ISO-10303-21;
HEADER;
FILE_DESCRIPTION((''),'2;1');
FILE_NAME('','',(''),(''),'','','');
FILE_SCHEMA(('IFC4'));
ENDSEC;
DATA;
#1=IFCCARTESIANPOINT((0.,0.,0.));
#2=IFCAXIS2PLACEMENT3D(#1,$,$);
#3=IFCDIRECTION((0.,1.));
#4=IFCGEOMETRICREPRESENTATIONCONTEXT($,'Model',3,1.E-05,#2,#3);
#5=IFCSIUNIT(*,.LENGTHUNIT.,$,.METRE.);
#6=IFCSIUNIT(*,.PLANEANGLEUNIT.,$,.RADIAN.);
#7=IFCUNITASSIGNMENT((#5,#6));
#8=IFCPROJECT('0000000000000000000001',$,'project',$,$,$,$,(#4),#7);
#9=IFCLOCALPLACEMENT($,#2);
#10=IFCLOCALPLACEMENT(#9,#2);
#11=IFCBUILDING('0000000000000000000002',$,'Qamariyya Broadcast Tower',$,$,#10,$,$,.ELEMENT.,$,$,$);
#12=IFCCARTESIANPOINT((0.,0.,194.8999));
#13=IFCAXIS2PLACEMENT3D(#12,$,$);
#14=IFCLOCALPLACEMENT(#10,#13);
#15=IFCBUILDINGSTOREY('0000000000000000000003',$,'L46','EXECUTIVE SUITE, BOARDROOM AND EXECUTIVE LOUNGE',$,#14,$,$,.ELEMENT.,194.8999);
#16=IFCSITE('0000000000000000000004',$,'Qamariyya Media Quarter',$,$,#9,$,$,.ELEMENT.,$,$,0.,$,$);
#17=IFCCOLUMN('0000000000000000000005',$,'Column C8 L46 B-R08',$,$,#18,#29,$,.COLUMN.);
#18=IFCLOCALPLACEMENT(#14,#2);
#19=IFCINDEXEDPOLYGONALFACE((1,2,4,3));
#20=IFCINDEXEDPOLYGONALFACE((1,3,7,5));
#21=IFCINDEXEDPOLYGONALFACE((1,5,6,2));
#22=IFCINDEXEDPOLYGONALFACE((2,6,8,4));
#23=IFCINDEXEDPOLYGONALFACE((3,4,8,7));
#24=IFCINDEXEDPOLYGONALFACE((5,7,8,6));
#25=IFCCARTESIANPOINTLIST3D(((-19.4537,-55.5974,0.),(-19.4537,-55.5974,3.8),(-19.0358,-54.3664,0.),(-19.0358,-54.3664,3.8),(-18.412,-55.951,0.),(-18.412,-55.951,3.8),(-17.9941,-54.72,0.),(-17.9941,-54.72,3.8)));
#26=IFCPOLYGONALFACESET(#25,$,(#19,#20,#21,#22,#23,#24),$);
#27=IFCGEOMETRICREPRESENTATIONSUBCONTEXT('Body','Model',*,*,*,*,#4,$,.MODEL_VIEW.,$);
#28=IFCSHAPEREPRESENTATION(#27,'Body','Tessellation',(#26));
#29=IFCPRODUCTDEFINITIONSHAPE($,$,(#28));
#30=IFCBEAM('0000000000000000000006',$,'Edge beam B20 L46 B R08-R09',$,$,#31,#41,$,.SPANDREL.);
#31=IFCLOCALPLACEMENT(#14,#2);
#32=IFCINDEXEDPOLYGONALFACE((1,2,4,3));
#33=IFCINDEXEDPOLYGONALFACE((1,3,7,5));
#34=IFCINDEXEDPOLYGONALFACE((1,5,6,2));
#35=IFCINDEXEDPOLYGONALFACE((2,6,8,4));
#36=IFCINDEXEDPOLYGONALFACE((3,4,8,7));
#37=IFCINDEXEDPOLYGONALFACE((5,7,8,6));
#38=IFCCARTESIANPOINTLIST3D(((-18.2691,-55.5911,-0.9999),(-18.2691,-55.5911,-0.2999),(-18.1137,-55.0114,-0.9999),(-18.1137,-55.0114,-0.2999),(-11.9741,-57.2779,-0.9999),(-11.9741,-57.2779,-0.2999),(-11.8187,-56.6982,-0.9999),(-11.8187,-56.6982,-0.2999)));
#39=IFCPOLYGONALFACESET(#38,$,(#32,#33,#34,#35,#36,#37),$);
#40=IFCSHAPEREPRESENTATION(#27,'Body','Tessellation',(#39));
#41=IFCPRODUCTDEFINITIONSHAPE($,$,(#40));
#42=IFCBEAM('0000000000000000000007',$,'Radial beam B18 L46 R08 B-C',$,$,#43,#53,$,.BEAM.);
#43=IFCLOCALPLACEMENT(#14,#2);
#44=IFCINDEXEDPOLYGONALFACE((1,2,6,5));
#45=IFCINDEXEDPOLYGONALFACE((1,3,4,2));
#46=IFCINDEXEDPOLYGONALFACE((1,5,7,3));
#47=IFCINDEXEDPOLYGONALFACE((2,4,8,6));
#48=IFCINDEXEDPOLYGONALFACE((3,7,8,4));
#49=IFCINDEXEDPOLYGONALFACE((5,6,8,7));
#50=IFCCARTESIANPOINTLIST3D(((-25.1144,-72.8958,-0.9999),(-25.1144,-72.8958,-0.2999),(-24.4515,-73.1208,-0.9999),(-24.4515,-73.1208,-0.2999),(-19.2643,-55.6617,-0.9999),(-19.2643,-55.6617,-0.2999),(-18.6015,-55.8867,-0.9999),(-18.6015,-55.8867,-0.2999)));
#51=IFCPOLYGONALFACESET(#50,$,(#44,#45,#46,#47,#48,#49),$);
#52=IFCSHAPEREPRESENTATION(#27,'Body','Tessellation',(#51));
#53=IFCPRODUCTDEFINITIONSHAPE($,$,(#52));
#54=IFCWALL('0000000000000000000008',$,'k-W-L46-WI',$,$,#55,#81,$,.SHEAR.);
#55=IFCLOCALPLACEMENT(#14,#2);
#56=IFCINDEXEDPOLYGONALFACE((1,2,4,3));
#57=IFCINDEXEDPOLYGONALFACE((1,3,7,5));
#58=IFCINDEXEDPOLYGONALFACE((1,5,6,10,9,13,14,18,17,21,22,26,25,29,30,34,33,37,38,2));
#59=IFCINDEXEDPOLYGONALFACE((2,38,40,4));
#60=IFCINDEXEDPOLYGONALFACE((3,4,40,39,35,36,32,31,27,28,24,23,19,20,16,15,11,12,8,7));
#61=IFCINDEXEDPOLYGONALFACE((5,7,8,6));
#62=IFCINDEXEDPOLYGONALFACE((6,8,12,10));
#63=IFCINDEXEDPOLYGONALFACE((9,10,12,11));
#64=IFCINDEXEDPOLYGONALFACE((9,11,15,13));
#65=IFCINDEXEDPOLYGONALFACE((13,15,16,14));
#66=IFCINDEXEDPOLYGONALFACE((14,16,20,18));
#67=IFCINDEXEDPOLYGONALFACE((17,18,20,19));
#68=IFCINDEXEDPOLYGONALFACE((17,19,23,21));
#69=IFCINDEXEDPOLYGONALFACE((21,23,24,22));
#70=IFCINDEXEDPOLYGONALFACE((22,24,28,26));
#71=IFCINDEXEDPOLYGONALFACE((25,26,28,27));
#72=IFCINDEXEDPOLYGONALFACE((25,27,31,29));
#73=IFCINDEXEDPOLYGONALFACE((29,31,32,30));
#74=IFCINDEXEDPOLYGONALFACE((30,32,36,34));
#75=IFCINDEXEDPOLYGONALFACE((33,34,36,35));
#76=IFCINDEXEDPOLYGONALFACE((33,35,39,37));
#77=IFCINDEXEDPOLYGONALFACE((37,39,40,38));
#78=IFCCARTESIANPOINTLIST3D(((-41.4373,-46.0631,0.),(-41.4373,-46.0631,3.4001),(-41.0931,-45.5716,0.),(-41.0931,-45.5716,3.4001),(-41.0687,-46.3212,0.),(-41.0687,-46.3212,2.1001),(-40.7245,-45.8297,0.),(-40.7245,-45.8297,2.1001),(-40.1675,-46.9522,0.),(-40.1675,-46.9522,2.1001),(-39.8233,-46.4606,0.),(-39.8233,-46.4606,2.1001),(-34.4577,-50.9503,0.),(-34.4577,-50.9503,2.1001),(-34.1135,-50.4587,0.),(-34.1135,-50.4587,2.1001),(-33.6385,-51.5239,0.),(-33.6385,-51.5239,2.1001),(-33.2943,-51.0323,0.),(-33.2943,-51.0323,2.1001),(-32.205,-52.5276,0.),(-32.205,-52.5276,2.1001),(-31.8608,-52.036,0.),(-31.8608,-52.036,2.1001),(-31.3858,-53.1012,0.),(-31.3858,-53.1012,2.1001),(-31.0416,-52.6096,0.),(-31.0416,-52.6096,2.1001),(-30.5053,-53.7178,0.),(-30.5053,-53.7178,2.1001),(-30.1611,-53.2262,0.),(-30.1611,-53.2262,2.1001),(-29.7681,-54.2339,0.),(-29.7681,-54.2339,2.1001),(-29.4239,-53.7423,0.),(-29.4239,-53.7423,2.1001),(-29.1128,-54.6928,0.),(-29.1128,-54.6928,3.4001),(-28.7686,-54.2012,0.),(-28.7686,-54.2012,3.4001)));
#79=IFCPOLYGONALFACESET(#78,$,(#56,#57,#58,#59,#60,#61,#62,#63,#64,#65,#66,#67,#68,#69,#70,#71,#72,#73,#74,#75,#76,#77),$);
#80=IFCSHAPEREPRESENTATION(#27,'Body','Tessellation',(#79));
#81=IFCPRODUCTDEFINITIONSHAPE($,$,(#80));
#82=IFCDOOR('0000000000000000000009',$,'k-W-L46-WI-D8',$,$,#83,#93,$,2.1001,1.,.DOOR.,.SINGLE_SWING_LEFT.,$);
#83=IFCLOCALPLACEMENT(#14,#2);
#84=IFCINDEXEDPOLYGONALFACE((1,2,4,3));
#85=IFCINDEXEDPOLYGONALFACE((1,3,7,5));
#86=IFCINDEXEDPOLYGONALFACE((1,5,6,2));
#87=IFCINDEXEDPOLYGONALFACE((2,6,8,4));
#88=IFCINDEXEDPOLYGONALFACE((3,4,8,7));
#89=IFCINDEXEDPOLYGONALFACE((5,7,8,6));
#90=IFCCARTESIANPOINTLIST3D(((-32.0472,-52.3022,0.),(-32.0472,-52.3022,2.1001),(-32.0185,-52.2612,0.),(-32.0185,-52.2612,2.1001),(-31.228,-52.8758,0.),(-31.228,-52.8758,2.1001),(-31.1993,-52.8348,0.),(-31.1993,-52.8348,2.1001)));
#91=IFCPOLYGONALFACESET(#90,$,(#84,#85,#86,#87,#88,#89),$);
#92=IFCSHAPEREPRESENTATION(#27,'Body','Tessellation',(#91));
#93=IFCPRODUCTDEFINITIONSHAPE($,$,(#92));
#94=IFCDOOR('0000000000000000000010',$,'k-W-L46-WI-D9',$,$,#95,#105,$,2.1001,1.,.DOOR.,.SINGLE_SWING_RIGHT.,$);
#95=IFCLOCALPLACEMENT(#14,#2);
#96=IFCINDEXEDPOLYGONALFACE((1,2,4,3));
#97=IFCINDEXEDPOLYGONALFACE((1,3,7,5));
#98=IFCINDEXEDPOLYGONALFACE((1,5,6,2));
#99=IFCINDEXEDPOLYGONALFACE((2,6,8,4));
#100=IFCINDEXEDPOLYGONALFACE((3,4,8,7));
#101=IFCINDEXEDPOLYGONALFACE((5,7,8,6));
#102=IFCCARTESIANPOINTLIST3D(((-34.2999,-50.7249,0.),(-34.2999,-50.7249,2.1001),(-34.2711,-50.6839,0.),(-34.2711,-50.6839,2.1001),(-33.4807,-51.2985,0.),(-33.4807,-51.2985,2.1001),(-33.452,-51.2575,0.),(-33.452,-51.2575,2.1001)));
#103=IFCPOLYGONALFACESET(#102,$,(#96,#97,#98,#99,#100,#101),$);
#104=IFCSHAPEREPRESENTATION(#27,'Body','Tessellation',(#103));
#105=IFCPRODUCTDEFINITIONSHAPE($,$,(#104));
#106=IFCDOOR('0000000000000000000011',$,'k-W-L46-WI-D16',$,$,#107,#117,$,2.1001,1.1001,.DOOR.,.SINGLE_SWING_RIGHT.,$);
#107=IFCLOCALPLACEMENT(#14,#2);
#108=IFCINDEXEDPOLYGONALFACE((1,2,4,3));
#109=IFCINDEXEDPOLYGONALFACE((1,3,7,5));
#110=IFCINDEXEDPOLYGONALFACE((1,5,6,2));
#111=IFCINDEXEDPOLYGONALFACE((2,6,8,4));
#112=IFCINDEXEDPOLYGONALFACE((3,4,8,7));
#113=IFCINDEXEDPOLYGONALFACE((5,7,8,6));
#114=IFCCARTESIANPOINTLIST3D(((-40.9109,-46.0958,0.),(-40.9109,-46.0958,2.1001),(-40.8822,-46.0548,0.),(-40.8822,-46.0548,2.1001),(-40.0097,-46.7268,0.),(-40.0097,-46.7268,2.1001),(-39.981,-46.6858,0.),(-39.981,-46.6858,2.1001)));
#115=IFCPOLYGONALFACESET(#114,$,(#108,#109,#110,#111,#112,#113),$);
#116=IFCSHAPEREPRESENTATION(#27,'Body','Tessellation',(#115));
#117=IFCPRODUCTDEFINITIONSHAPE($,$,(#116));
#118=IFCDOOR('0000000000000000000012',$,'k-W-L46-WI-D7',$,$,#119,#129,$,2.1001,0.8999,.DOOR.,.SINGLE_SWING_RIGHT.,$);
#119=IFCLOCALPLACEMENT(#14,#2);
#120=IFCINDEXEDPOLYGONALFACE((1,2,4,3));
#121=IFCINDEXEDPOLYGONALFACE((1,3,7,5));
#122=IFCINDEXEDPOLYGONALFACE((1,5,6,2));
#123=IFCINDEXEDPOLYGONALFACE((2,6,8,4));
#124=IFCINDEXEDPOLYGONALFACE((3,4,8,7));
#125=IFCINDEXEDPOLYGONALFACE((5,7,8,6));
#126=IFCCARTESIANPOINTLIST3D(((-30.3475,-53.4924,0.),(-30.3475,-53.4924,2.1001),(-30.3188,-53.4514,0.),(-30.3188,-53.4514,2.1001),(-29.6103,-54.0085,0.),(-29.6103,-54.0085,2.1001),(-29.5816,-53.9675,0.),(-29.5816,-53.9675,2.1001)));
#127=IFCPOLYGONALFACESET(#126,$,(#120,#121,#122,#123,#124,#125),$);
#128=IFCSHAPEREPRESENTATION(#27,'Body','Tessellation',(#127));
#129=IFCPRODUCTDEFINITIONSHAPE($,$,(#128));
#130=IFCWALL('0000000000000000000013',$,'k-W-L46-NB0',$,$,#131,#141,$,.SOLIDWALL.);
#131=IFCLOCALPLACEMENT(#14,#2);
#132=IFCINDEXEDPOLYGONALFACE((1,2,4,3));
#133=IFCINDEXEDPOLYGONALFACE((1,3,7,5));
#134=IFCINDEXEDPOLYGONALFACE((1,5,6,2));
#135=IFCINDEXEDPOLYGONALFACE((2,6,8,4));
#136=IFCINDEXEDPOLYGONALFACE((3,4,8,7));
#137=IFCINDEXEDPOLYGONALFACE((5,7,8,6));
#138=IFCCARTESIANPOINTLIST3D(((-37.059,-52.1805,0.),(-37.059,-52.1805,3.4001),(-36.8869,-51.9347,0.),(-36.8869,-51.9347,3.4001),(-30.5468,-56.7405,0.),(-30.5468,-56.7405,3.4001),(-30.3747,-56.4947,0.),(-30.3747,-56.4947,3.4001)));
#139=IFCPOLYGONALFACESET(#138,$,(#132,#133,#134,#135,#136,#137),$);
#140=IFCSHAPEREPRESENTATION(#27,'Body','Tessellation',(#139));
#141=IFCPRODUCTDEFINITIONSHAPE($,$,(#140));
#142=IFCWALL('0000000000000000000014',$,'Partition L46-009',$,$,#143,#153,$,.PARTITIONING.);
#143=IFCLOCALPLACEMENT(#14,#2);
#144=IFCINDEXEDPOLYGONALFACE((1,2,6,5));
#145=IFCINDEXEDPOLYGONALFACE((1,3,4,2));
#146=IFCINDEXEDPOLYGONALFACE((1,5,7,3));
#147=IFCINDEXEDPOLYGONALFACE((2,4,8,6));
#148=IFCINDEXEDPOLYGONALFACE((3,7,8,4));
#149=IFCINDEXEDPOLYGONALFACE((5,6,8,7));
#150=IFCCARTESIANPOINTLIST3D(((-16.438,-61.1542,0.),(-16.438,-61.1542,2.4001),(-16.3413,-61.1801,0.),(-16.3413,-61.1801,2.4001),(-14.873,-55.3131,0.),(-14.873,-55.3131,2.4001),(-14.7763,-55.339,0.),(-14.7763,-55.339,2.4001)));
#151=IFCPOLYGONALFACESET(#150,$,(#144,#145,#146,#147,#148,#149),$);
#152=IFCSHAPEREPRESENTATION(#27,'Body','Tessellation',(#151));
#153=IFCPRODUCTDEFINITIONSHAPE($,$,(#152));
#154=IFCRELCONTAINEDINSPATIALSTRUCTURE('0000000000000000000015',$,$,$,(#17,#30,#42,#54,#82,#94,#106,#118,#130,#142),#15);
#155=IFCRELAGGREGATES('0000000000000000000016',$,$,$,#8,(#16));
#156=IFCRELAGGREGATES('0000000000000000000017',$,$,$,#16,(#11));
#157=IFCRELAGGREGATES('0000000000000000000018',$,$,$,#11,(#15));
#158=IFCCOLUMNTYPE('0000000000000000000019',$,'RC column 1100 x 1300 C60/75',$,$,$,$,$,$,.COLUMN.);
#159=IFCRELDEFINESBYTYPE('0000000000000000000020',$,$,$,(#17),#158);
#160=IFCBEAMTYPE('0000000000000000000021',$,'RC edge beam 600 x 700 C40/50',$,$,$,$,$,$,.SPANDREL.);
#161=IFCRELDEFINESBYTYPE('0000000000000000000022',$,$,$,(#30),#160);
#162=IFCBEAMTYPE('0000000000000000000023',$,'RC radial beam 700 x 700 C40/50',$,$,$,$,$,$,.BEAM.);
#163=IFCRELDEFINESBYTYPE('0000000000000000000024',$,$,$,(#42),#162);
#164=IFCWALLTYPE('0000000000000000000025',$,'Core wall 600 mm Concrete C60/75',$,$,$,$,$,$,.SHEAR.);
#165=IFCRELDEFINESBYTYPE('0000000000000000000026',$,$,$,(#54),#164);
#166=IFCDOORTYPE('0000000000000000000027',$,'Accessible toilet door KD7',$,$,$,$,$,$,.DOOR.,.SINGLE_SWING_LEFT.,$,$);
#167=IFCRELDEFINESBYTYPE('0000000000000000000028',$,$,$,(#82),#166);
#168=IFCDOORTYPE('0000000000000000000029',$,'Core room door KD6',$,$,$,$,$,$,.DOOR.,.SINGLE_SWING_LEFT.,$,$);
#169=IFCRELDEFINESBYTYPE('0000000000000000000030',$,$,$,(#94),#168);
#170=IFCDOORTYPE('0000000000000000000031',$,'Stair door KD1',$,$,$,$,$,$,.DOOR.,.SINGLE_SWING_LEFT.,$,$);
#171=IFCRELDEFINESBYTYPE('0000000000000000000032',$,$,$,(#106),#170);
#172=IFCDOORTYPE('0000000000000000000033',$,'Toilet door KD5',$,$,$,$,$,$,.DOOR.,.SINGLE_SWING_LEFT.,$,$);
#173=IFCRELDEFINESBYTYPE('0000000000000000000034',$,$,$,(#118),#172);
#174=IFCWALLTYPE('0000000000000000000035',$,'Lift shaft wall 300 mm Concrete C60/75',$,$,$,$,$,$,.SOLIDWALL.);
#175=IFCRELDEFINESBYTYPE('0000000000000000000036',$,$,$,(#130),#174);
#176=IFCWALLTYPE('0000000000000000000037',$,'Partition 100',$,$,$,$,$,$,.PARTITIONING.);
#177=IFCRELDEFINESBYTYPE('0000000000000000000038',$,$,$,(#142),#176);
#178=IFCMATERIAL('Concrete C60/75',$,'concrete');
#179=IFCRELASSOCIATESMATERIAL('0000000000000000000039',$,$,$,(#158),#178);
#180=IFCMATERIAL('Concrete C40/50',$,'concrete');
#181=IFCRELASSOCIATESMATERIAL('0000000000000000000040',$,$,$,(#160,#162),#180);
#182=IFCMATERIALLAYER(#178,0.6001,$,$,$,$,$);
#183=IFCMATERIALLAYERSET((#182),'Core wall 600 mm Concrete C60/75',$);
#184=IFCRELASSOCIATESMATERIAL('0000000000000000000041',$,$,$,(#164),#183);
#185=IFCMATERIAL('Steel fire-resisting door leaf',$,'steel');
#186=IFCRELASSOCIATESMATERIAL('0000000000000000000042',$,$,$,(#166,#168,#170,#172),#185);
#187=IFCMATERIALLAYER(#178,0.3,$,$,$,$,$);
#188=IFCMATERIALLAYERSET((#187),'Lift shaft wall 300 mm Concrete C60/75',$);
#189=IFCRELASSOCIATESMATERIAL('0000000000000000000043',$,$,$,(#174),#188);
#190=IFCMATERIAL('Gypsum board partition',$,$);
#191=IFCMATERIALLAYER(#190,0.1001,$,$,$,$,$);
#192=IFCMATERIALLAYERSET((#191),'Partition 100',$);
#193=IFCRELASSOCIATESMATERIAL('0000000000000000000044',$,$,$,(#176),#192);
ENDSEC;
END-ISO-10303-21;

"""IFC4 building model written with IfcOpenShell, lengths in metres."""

from ifc_helpers import new_model, si_unit, direction, frame, frame_2d, origin, origin_2d, place, context, subcontext, project, spatial, rectangle, extrude, material, layer, layer_set, material_profile, profile_set, type_object, element, fill, save


model = new_model("IFC4")

# Units and contexts
model_context = context("Model", 3, precision=1e-05, world=origin(), true_north=direction((0.0, 1.0)))
body_context = subcontext(model_context, "Body", "Model", "MODEL_VIEW")
ifc_project = project(units=[si_unit("LENGTHUNIT", "METRE"), si_unit("PLANEANGLEUNIT", "RADIAN")], contexts=[model_context])

# Site, building, storey
site_placement = place(None, origin())
site = spatial("IfcSite", under=ifc_project, at=site_placement, Name="Qamariyya Media Quarter", CompositionType="ELEMENT", RefElevation=0.0)
building_placement = place(site_placement, origin())
building = spatial("IfcBuilding", under=site, at=building_placement, Name="Qamariyya Broadcast Tower", CompositionType="ELEMENT")
storey_placement = place(building_placement, frame((0.0, 0.0, 194.8999)))
storey = spatial("IfcBuildingStorey", under=building, at=storey_placement, Name="L46", Description="EXECUTIVE SUITE, BOARDROOM AND EXECUTIVE LOUNGE", CompositionType="ELEMENT", Elevation=194.8999)

# Column
ifc_material_1 = material(Name="Concrete C60/75", Category="concrete")
ifc_material_profile_1 = material_profile(ifc_material_1, rectangle(XDim=1.1001, YDim=1.3, at=origin_2d()))
ifc_profile_set_1 = profile_set([ifc_material_profile_1], Name="Concrete C60/75")
column_type = type_object("IfcColumnType", Name="RC column 1100 x 1300 C60/75", PredefinedType="COLUMN", material=ifc_profile_set_1)
column_placement = place(storey_placement, frame((-18.7239, -55.1587, 0.0), z_axis=(0.0, 0.0, 1.0), x_axis=(0.94693, -0.321439, 0.0)))
element("IfcColumn", 1, at=column_placement, inside=storey, type_object=column_type, Name="Column C8 L46 B-R08", PredefinedType="COLUMN", context=body_context, shape_type="SweptSolid", body=[
    extrude(rectangle(XDim=1.1001, YDim=1.3, at=origin_2d()), origin(), (0.0, 0.0, 1.0), 3.8),
])

# Beams
ifc_material_2 = material(Name="Concrete C40/50", Category="concrete")
ifc_material_profile_2 = material_profile(ifc_material_2, rectangle(XDim=0.6001, YDim=0.7, at=origin_2d()))
ifc_profile_set_2 = profile_set([ifc_material_profile_2], Name="Concrete C40/50")
beam_type_1 = type_object("IfcBeamType", Name="RC edge beam 600 x 700 C40/50", PredefinedType="SPANDREL", material=ifc_profile_set_2)
beam_1_placement = place(storey_placement, frame((-18.1914, -55.3013, -0.6499), z_axis=(0.965924, -0.258826, 0.0), x_axis=(0.258826, 0.965924, 0.0)))
element("IfcBeam", 2, at=beam_1_placement, inside=storey, type_object=beam_type_1, Name="Edge beam B20 L46 B R08-R09", PredefinedType="SPANDREL", context=body_context, shape_type="SweptSolid", body=[
    extrude(rectangle(XDim=0.6001, YDim=0.7, at=origin_2d()), origin(), (0.0, 0.0, 1.0), 6.5171),
])
ifc_material_profile_3 = material_profile(ifc_material_2, rectangle(XDim=0.7, YDim=0.7, at=origin_2d()))
ifc_profile_set_3 = profile_set([ifc_material_profile_3], Name="Concrete C40/50")
beam_type_2 = type_object("IfcBeamType", Name="RC radial beam 700 x 700 C40/50", PredefinedType="BEAM", material=ifc_profile_set_3)
beam_2_placement = place(storey_placement, frame((-18.9329, -55.7742, -0.6499), z_axis=(-0.321434, -0.946932, 0.0), x_axis=(0.946932, -0.321434, 0.0)))
element("IfcBeam", 3, at=beam_2_placement, inside=storey, type_object=beam_type_2, Name="Radial beam B18 L46 R08 B-C", PredefinedType="BEAM", context=body_context, shape_type="SweptSolid", body=[
    extrude(rectangle(XDim=0.7, YDim=0.7, at=origin_2d()), origin(), (0.0, 0.0, 1.0), 18.2),
])

# Wall, openings, doors
ifc_layer_1 = layer(ifc_material_1, 0.6001)
ifc_layer_set_1 = layer_set([ifc_layer_1], Name="Core wall 600 mm Concrete C60/75")
wall_type_1 = type_object("IfcWallType", Name="Core wall 600 mm Concrete C60/75", PredefinedType="SHEAR", material=ifc_layer_set_1)
wall_1_placement = place(storey_placement, frame((-28.9407, -54.447, 0.0), z_axis=(0.0, 0.0, 1.0), x_axis=(-0.819153, 0.573575, 0.0)))
wall_1 = element("IfcWall", 4, at=wall_1_placement, inside=storey, type_object=wall_type_1, Name="k-W-L46-WI", PredefinedType="SHEAR", context=body_context, shape_type="SweptSolid", body=[
    extrude(rectangle(XDim=15.0454, YDim=0.6001, at=frame_2d((7.5227, 0.0))), origin(), (0.0, 0.0, 1.0), 3.4001),
])
opening_1_placement = place(wall_1_placement, frame((0.8, 0.0, 0.0)))
opening_1 = element("IfcOpeningElement", 5, at=opening_1_placement, cuts=wall_1, PredefinedType="OPENING", context=body_context, shape_type="SweptSolid", body=[
    extrude(rectangle(XDim=0.8999, YDim=2.1001, at=frame_2d((0.45, 1.05))), frame((0.0, 0.3101, 0.0), z_axis=(0.0, -1.0, 0.0), x_axis=(1.0, 0.0, 0.0)), (0.0, 0.0, 1.0), 0.6201),
])
opening_2_placement = place(wall_1_placement, frame((2.7749, 0.0, 0.0)))
opening_2 = element("IfcOpeningElement", 6, at=opening_2_placement, cuts=wall_1, PredefinedType="OPENING", context=body_context, shape_type="SweptSolid", body=[
    extrude(rectangle(XDim=1.0, YDim=2.1001, at=frame_2d((0.5, 1.05))), frame((0.0, 0.3101, 0.0), z_axis=(0.0, -1.0, 0.0), x_axis=(1.0, 0.0, 0.0)), (0.0, 0.0, 1.0), 0.6201),
])
opening_3_placement = place(wall_1_placement, frame((5.5249, 0.0, 0.0)))
opening_3 = element("IfcOpeningElement", 7, at=opening_3_placement, cuts=wall_1, PredefinedType="OPENING", context=body_context, shape_type="SweptSolid", body=[
    extrude(rectangle(XDim=1.0, YDim=2.1001, at=frame_2d((0.5, 1.05))), frame((0.0, 0.3101, 0.0), z_axis=(0.0, -1.0, 0.0), x_axis=(1.0, 0.0, 0.0)), (0.0, 0.0, 1.0), 0.6201),
])
opening_4_placement = place(wall_1_placement, frame((13.4954, 0.0, 0.0)))
opening_4 = element("IfcOpeningElement", 8, at=opening_4_placement, cuts=wall_1, PredefinedType="OPENING", context=body_context, shape_type="SweptSolid", body=[
    extrude(rectangle(XDim=1.1001, YDim=2.1001, at=frame_2d((0.55, 1.05))), frame((0.0, 0.3101, 0.0), z_axis=(0.0, -1.0, 0.0), x_axis=(1.0, 0.0, 0.0)), (0.0, 0.0, 1.0), 0.6201),
])
ifc_material_3 = material(Name="Steel fire-resisting door leaf", Category="steel")
door_type_1 = type_object("IfcDoorType", Name="Accessible toilet door KD7", OperationType="SINGLE_SWING_LEFT", PredefinedType="DOOR", material=ifc_material_3)
door_1_placement = place(opening_2_placement, origin())
door_1 = element("IfcDoor", 9, at=door_1_placement, inside=storey, type_object=door_type_1, Name="k-W-L46-WI-D8", OperationType="SINGLE_SWING_LEFT", OverallHeight=2.1001, OverallWidth=1.0, PredefinedType="DOOR", context=body_context, shape_type="SweptSolid", body=[
    extrude(rectangle(XDim=1.0, YDim=2.1001, at=frame_2d((0.5, 1.05))), frame((0.0, 0.0249, 0.0), z_axis=(0.0, -1.0, 0.0), x_axis=(1.0, 0.0, 0.0)), (0.0, 0.0, 1.0), 0.05),
])
fill(opening_2, door_1)
door_type_2 = type_object("IfcDoorType", Name="Core room door KD6", OperationType="SINGLE_SWING_LEFT", PredefinedType="DOOR", material=ifc_material_3)
door_2_placement = place(opening_3_placement, origin())
door_2 = element("IfcDoor", 10, at=door_2_placement, inside=storey, type_object=door_type_2, Name="k-W-L46-WI-D9", OperationType="SINGLE_SWING_RIGHT", OverallHeight=2.1001, OverallWidth=1.0, PredefinedType="DOOR", context=body_context, shape_type="SweptSolid", body=[
    extrude(rectangle(XDim=1.0, YDim=2.1001, at=frame_2d((0.5, 1.05))), frame((0.0, 0.0249, 0.0), z_axis=(0.0, -1.0, 0.0), x_axis=(1.0, 0.0, 0.0)), (0.0, 0.0, 1.0), 0.05),
])
fill(opening_3, door_2)
door_type_3 = type_object("IfcDoorType", Name="Stair door KD1", OperationType="SINGLE_SWING_LEFT", PredefinedType="DOOR", material=ifc_material_3)
door_3_placement = place(opening_4_placement, origin())
door_3 = element("IfcDoor", 11, at=door_3_placement, inside=storey, type_object=door_type_3, Name="k-W-L46-WI-D16", OperationType="SINGLE_SWING_RIGHT", OverallHeight=2.1001, OverallWidth=1.1001, PredefinedType="DOOR", context=body_context, shape_type="SweptSolid", body=[
    extrude(rectangle(XDim=1.1001, YDim=2.1001, at=frame_2d((0.55, 1.05))), frame((0.0, 0.0249, 0.0), z_axis=(0.0, -1.0, 0.0), x_axis=(1.0, 0.0, 0.0)), (0.0, 0.0, 1.0), 0.05),
])
fill(opening_4, door_3)
door_type_4 = type_object("IfcDoorType", Name="Toilet door KD5", OperationType="SINGLE_SWING_LEFT", PredefinedType="DOOR", material=ifc_material_3)
door_4_placement = place(opening_1_placement, origin())
door_4 = element("IfcDoor", 12, at=door_4_placement, inside=storey, type_object=door_type_4, Name="k-W-L46-WI-D7", OperationType="SINGLE_SWING_RIGHT", OverallHeight=2.1001, OverallWidth=0.8999, PredefinedType="DOOR", context=body_context, shape_type="SweptSolid", body=[
    extrude(rectangle(XDim=0.8999, YDim=2.1001, at=frame_2d((0.45, 1.05))), frame((0.0, 0.0249, 0.0), z_axis=(0.0, -1.0, 0.0), x_axis=(1.0, 0.0, 0.0)), (0.0, 0.0, 1.0), 0.05),
])
fill(opening_1, door_4)

# Walls
ifc_layer_2 = layer(ifc_material_1, 0.3)
ifc_layer_set_2 = layer_set([ifc_layer_2], Name="Lift shaft wall 300 mm Concrete C60/75")
wall_type_2 = type_object("IfcWallType", Name="Lift shaft wall 300 mm Concrete C60/75", PredefinedType="SOLIDWALL", material=ifc_layer_set_2)
wall_2_placement = place(storey_placement, frame((-30.4607, -56.6177, 0.0), z_axis=(0.0, 0.0, 1.0), x_axis=(-0.819142, 0.57359, 0.0)))
element("IfcWall", 13, at=wall_2_placement, inside=storey, type_object=wall_type_2, Name="k-W-L46-NB0", PredefinedType="SOLIDWALL", context=body_context, shape_type="SweptSolid", body=[
    extrude(rectangle(XDim=7.95, YDim=0.3, at=frame_2d((3.9751, 0.0))), origin(), (0.0, 0.0, 1.0), 3.4001),
])
ifc_material_4 = material(Name="Gypsum board partition")
ifc_layer_3 = layer(ifc_material_4, 0.1001)
ifc_layer_set_3 = layer_set([ifc_layer_3], Name="Partition 100")
wall_type_3 = type_object("IfcWallType", Name="Partition 100", PredefinedType="PARTITIONING", material=ifc_layer_set_3)
wall_3_placement = place(storey_placement, frame((-14.8247, -55.3262, 0.0), z_axis=(0.0, 0.0, 1.0), x_axis=(-0.258793, -0.965933, 0.0)))
element("IfcWall", 14, at=wall_3_placement, inside=storey, type_object=wall_type_3, Name="Partition L46-009", PredefinedType="PARTITIONING", context=body_context, shape_type="SweptSolid", body=[
    extrude(rectangle(XDim=6.0471, YDim=0.1001, at=frame_2d((3.0234, 0.0))), origin(), (0.0, 0.0, 1.0), 2.4001),
])

save(model, "model.ifc")
